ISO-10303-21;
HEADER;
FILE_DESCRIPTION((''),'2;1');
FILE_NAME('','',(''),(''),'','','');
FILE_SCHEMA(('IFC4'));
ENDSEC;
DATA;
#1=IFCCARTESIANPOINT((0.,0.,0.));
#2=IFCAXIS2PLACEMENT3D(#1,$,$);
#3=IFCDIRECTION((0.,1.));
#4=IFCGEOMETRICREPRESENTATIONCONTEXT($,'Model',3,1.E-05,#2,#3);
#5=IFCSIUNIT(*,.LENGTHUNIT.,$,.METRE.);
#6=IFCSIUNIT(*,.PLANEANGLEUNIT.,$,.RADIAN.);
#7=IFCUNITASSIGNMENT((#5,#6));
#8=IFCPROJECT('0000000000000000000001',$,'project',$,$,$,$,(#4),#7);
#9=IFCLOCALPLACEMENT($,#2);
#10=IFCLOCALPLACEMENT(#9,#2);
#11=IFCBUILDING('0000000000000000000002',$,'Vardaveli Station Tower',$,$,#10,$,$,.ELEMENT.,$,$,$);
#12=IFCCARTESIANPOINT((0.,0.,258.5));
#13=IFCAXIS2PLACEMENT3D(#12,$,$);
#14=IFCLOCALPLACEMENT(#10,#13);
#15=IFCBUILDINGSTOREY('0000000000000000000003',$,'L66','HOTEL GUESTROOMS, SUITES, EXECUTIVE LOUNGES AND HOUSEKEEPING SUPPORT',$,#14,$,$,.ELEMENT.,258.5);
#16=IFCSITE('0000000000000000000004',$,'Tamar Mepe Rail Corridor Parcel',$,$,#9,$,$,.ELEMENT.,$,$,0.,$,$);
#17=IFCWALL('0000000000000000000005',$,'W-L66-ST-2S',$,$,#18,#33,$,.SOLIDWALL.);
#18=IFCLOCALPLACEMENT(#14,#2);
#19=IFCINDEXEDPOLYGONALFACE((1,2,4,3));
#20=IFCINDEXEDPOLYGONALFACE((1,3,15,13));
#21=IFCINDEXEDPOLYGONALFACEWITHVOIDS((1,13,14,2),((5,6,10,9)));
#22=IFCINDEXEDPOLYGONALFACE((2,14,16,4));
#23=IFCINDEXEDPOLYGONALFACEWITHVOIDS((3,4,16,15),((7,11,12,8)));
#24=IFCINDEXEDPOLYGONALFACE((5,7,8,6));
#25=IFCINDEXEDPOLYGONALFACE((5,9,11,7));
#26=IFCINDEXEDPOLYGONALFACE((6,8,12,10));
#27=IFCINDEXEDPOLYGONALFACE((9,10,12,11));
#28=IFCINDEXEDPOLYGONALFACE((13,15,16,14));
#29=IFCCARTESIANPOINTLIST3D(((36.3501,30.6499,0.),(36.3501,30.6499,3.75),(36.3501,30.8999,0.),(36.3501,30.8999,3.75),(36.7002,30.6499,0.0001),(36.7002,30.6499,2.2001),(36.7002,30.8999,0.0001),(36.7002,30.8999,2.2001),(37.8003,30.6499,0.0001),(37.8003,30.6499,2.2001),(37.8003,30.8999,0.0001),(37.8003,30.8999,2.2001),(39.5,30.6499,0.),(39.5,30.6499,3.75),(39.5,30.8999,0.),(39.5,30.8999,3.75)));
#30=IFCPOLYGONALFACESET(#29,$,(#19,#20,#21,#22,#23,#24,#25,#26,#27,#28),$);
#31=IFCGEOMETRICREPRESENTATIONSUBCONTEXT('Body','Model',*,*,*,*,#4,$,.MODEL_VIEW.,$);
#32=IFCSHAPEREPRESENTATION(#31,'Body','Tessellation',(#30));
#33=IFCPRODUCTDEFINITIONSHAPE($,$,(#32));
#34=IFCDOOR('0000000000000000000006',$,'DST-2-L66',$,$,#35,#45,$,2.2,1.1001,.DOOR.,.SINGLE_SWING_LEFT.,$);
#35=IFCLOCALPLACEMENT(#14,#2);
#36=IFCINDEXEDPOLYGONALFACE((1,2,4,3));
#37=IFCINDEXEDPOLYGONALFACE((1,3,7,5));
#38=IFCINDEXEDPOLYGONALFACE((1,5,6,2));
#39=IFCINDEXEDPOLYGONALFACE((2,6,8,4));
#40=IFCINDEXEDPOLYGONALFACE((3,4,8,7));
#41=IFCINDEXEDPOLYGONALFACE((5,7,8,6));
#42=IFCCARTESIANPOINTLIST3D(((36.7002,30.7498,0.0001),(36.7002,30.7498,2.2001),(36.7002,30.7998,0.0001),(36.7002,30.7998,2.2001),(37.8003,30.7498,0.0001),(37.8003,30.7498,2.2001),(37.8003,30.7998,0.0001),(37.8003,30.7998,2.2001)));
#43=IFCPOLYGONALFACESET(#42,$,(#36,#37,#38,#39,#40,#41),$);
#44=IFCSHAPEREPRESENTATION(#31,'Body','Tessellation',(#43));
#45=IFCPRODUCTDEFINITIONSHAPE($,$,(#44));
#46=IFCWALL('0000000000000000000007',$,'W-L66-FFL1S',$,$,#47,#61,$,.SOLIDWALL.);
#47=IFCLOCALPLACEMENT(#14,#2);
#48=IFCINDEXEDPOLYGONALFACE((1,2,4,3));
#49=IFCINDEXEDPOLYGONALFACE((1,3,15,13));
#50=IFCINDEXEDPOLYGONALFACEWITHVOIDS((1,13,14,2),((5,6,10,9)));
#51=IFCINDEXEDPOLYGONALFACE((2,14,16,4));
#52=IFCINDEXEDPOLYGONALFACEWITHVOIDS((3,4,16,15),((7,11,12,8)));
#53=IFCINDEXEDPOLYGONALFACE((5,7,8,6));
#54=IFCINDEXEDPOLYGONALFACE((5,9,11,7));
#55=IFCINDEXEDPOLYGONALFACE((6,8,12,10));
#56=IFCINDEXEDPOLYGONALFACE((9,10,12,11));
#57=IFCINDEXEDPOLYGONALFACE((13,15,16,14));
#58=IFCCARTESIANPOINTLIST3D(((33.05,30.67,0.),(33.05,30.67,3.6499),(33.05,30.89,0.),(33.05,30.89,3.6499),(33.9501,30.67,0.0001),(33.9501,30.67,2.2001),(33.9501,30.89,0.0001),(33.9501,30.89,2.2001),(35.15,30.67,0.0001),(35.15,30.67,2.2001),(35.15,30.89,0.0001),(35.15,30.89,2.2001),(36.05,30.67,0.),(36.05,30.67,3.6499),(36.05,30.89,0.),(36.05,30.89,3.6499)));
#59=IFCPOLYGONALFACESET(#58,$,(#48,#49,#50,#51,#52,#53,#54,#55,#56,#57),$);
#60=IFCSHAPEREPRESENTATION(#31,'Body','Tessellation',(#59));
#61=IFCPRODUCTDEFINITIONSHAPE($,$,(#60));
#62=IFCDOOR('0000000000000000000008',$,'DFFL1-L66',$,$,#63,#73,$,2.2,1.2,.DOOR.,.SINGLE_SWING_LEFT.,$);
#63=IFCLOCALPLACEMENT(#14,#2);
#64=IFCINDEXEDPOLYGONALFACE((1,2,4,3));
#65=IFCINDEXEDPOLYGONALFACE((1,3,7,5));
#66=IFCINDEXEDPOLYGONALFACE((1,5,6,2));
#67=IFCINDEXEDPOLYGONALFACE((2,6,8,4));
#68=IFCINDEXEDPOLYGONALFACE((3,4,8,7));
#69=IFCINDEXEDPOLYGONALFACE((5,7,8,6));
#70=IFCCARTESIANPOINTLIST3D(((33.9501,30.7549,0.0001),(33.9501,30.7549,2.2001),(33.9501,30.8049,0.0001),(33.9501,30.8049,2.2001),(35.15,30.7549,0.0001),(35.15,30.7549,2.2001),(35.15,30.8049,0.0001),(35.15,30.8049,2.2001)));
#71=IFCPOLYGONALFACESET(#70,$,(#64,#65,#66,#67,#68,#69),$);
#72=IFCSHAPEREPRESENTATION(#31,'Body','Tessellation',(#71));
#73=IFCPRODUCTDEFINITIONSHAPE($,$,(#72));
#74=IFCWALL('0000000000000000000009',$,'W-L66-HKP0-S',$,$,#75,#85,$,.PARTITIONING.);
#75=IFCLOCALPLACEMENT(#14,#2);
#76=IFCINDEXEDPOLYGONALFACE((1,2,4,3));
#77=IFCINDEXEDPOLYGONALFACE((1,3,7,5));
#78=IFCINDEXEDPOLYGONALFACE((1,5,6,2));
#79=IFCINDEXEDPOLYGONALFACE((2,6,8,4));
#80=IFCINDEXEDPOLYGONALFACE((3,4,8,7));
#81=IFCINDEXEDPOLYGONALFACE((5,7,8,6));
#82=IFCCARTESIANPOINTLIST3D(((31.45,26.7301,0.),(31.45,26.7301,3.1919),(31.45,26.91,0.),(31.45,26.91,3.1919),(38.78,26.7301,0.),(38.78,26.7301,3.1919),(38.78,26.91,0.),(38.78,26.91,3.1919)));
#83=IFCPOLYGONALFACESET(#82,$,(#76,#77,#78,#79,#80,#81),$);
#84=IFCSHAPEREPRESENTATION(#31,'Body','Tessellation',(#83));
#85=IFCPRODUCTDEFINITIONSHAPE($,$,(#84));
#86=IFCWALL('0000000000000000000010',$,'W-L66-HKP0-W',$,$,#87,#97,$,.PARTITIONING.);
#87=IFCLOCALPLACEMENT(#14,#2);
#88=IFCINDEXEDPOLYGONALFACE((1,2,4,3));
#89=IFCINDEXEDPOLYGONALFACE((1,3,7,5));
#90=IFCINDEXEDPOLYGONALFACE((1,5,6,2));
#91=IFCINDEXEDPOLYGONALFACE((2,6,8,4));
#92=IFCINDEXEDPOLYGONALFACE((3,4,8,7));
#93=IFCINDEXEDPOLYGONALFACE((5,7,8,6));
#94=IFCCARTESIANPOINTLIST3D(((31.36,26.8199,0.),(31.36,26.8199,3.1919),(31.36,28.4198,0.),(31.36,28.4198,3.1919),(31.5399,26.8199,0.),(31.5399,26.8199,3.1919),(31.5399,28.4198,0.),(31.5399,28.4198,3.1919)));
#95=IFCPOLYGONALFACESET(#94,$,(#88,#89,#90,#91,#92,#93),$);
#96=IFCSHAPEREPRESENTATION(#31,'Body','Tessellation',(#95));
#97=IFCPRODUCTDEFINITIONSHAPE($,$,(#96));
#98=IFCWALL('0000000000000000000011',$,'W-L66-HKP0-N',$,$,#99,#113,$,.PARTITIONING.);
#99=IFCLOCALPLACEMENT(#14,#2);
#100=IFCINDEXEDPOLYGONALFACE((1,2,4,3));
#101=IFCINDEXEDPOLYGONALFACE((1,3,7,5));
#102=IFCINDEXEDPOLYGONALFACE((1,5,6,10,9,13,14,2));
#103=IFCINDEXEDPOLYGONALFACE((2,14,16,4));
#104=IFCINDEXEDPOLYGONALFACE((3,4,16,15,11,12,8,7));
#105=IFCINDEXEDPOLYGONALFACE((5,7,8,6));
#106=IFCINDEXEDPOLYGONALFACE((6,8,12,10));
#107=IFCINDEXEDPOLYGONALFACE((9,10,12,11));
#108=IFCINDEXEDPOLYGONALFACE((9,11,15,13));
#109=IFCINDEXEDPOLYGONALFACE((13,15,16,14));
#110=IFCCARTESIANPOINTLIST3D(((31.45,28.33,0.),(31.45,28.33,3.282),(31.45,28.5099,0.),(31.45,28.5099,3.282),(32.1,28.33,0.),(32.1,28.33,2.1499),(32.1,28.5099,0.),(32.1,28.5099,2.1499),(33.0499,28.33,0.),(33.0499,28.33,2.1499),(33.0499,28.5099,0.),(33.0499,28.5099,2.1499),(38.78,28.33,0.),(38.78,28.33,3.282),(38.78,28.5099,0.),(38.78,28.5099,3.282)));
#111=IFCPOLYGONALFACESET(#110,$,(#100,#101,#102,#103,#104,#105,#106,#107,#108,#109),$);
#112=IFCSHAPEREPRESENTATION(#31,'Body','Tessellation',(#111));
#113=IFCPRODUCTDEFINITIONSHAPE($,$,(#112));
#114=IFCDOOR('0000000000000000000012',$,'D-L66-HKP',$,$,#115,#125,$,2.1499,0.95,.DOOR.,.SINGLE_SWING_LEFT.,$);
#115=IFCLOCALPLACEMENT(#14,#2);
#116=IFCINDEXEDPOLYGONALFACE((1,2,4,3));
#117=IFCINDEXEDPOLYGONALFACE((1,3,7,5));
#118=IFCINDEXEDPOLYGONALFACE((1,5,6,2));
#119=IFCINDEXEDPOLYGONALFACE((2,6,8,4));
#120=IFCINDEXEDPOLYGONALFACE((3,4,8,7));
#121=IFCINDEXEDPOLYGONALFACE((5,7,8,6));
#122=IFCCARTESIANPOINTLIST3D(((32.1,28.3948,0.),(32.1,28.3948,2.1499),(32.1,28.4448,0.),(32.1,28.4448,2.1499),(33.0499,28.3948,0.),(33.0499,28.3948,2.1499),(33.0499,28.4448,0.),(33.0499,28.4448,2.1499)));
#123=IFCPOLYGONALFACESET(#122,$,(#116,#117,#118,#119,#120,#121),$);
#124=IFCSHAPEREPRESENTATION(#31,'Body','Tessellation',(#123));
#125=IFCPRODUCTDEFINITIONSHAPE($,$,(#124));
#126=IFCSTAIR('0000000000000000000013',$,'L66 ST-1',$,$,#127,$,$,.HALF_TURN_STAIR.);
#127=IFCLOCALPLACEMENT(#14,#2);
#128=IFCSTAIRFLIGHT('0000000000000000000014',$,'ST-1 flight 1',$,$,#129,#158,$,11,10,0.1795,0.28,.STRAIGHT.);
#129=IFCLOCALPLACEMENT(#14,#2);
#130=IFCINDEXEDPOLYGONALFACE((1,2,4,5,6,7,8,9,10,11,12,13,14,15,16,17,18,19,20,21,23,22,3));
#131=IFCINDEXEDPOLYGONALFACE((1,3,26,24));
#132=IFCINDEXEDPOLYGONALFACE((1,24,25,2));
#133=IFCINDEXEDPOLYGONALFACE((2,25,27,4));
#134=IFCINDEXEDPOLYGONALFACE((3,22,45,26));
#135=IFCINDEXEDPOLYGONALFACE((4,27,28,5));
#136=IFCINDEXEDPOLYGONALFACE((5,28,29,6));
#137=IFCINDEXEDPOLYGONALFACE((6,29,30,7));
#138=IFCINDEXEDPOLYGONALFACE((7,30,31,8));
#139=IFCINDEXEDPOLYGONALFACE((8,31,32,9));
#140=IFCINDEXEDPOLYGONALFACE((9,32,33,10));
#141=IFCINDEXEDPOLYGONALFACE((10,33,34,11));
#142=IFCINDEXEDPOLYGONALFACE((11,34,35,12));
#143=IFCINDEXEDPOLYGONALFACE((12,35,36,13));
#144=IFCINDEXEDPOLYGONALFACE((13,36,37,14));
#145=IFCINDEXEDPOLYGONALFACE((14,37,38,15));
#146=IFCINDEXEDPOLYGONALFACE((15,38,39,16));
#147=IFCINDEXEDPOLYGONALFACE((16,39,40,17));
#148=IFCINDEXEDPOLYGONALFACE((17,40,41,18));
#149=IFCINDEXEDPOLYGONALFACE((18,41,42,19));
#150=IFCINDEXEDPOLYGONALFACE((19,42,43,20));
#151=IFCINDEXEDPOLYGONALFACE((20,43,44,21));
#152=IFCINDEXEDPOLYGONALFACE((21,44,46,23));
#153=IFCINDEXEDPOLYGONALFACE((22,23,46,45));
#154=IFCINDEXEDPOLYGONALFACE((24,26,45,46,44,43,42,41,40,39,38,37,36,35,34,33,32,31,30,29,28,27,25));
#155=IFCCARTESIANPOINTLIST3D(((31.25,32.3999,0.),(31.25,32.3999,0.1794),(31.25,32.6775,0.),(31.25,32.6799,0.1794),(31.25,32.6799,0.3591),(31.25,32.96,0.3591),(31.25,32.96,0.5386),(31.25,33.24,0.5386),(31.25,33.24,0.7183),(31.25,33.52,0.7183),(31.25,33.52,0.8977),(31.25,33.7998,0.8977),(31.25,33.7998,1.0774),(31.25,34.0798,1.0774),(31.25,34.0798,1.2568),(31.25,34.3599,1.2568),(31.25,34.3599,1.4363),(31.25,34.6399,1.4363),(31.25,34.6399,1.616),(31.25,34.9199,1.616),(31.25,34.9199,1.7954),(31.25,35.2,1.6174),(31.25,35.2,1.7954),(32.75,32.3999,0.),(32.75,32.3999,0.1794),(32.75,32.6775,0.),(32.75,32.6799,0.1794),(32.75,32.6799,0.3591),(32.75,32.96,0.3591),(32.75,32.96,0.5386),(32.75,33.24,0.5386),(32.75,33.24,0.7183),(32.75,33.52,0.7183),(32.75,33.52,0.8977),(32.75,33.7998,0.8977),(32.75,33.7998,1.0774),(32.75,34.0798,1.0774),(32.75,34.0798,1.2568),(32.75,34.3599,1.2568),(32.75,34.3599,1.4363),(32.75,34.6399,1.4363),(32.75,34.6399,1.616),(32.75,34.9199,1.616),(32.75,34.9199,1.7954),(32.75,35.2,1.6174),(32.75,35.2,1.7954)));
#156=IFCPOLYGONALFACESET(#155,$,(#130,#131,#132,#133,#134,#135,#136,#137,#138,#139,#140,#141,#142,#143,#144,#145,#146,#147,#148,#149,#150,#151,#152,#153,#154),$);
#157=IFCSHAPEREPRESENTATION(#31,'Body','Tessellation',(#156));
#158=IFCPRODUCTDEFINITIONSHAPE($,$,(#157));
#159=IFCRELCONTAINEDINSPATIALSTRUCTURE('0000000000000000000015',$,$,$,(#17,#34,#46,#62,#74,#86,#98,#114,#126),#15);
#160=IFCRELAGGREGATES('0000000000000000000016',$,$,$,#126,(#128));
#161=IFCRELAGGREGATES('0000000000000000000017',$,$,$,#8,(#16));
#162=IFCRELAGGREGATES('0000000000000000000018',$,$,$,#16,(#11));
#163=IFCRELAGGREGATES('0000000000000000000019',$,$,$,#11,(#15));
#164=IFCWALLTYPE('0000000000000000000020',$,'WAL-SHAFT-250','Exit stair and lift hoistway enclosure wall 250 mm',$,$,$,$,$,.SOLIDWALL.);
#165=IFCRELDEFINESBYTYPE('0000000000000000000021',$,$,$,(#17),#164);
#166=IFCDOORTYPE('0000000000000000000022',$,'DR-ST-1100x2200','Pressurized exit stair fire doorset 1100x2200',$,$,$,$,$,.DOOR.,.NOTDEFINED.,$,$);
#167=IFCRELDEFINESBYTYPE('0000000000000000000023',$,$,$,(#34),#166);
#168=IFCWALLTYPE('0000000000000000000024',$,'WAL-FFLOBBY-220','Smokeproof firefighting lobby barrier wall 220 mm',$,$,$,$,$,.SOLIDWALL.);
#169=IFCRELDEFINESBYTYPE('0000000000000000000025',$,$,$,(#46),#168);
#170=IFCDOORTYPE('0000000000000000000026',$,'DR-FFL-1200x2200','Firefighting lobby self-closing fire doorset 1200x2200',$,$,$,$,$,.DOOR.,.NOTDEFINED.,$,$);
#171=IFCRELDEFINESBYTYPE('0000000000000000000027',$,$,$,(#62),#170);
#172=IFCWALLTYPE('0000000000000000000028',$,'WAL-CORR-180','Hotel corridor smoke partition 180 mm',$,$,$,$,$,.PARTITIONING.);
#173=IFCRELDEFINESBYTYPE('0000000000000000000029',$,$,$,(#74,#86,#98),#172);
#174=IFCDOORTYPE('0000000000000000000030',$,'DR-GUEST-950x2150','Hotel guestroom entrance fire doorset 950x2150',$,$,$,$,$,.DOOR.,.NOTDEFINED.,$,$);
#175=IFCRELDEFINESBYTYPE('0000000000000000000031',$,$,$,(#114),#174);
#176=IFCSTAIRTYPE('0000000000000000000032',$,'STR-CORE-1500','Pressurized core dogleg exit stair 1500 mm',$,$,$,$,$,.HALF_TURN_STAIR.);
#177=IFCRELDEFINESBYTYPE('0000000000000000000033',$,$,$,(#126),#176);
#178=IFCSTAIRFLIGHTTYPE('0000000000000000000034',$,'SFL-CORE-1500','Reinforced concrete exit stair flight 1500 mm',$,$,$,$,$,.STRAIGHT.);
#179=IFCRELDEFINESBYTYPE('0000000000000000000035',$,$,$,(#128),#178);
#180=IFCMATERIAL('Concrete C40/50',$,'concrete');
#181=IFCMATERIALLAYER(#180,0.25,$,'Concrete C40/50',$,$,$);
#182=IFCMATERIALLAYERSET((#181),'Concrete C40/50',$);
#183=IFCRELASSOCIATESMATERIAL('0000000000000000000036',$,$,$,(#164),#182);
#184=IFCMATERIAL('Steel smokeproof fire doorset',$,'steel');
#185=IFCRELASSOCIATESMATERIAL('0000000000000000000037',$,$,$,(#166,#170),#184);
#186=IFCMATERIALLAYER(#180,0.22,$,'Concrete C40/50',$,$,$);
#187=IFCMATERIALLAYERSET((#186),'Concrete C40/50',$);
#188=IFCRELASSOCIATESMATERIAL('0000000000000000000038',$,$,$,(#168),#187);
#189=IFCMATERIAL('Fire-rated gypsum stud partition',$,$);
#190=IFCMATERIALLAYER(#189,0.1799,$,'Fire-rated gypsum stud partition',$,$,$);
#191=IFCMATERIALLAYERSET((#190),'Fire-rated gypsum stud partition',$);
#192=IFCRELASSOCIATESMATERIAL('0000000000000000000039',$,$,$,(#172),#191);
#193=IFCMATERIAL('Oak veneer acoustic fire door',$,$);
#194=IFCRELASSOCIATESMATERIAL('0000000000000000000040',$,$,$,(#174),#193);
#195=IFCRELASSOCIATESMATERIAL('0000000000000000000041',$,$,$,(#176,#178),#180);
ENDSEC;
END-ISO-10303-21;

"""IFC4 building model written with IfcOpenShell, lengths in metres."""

from ifc_helpers import new_model, si_unit, direction, frame, frame_2d, origin, place, context, subcontext, project, spatial, polyline, rectangle, outline, extrude, source, transform, mapped, material, layer, layer_set, type_object, element, fill, aggregate, save


model = new_model("IFC4")

# Units and contexts
model_context = context("Model", 3, precision=1e-05, world=origin(), true_north=direction((0.0, 1.0)))
body_context = subcontext(model_context, "Body", "Model", "MODEL_VIEW")
ifc_project = project(units=[si_unit("LENGTHUNIT", "METRE"), si_unit("PLANEANGLEUNIT", "RADIAN")], contexts=[model_context])

# Site, building, storey
site_placement = place(None, origin())
site = spatial("IfcSite", under=ifc_project, at=site_placement, Name="Tamar Mepe Rail Corridor Parcel", CompositionType="ELEMENT", RefElevation=0.0)
building_placement = place(site_placement, origin())
building = spatial("IfcBuilding", under=site, at=building_placement, Name="Vardaveli Station Tower", CompositionType="ELEMENT")
storey_placement = place(building_placement, frame((0.0, 0.0, 258.5)))
storey = spatial("IfcBuildingStorey", under=building, at=storey_placement, Name="L66", Description="HOTEL GUESTROOMS, SUITES, EXECUTIVE LOUNGES AND HOUSEKEEPING SUPPORT", CompositionType="ELEMENT", Elevation=258.5)

# Shared definitions
ifc_material_1 = material(Name="Concrete C40/50", Category="concrete")
ifc_layer_1 = layer(ifc_material_1, 0.25, Name="Concrete C40/50")
ifc_layer_set_1 = layer_set([ifc_layer_1], Name="Concrete C40/50")
wall_type_1 = type_object("IfcWallType", Name="WAL-SHAFT-250", Description="Exit stair and lift hoistway enclosure wall 250 mm", PredefinedType="SOLIDWALL", material=ifc_layer_set_1)

# Walls, openings, doors
shared_shape_1 = source(origin(), body_context, "Body", "SweptSolid", [
    extrude(rectangle(XDim=3.1499, YDim=0.25, at=frame_2d((1.575, 0.0))), origin(), (0.0, 0.0, 1.0), 3.75),
])
shared_shape_2 = source(origin(), body_context, "Body", "SweptSolid", [
    extrude(rectangle(XDim=1.1001, YDim=2.2, at=frame_2d((0.55, 1.1001))), frame((0.0, 0.135, 0.0), z_axis=(0.0, -1.0, 0.0), x_axis=(1.0, 0.0, 0.0)), (0.0, 0.0, 1.0), 0.27),
])
ifc_material_2 = material(Name="Steel smokeproof fire doorset", Category="steel")
door_type_1 = type_object("IfcDoorType", Name="DR-ST-1100x2200", Description="Pressurized exit stair fire doorset 1100x2200", OperationType="NOTDEFINED", PredefinedType="DOOR", material=ifc_material_2)
shared_shape_3 = source(origin(), body_context, "Body", "SweptSolid", [
    extrude(rectangle(XDim=1.1001, YDim=2.2, at=frame_2d((0.55, 1.1001))), frame((0.0, 0.0249, 0.0), z_axis=(0.0, -1.0, 0.0), x_axis=(1.0, 0.0, 0.0)), (0.0, 0.0, 1.0), 0.05),
])
wall_1_placement = place(storey_placement, frame((36.3501, 30.7749, 0.0), z_axis=(0.0, 0.0, 1.0), x_axis=(1.0, 0.0, 0.0)))
wall_1 = element("IfcWall", 1, at=wall_1_placement, inside=storey, type_object=wall_type_1, Name="W-L66-ST-2S", PredefinedType="SOLIDWALL", context=body_context, shape_type="MappedRepresentation", body=[
    mapped(shared_shape_1, transform((0.0, 0.0, 0.0), scale=1.0)),
])
opening_1_placement = place(wall_1_placement, frame((0.3501, 0.0, 0.0)))
opening_1 = element("IfcOpeningElement", 2, at=opening_1_placement, cuts=wall_1, PredefinedType="OPENING", context=body_context, shape_type="MappedRepresentation", body=[
    mapped(shared_shape_2, transform((0.0, 0.0, 0.0), scale=1.0)),
])
door_1_placement = place(opening_1_placement, origin())
door_1 = element("IfcDoor", 3, at=door_1_placement, inside=storey, type_object=door_type_1, Name="DST-2-L66", OperationType="SINGLE_SWING_LEFT", OverallHeight=2.2, OverallWidth=1.1001, PredefinedType="DOOR", context=body_context, shape_type="MappedRepresentation", body=[
    mapped(shared_shape_3, transform((0.0, 0.0, 0.0), scale=1.0)),
])
fill(opening_1, door_1)
ifc_layer_2 = layer(ifc_material_1, 0.22, Name="Concrete C40/50")
ifc_layer_set_2 = layer_set([ifc_layer_2], Name="Concrete C40/50")
wall_type_2 = type_object("IfcWallType", Name="WAL-FFLOBBY-220", Description="Smokeproof firefighting lobby barrier wall 220 mm", PredefinedType="SOLIDWALL", material=ifc_layer_set_2)
shared_shape_4 = source(origin(), body_context, "Body", "SweptSolid", [
    extrude(rectangle(XDim=3.0, YDim=0.22, at=frame_2d((1.5, 0.0))), origin(), (0.0, 0.0, 1.0), 3.6499),
])
wall_2_placement = place(storey_placement, frame((33.05, 30.78, 0.0), z_axis=(0.0, 0.0, 1.0), x_axis=(1.0, 0.0, 0.0)))
wall_2 = element("IfcWall", 4, at=wall_2_placement, inside=storey, type_object=wall_type_2, Name="W-L66-FFL1S", PredefinedType="SOLIDWALL", context=body_context, shape_type="MappedRepresentation", body=[
    mapped(shared_shape_4, transform((0.0, 0.0, 0.0), scale=1.0)),
])
shared_shape_5 = source(origin(), body_context, "Body", "SweptSolid", [
    extrude(rectangle(XDim=1.2, YDim=2.2, at=frame_2d((0.6001, 1.1001))), frame((0.0, 0.1201, 0.0), z_axis=(0.0, -1.0, 0.0), x_axis=(1.0, 0.0, 0.0)), (0.0, 0.0, 1.0), 0.24),
])
opening_2_placement = place(wall_2_placement, frame((0.8999, 0.0, 0.0)))
opening_2 = element("IfcOpeningElement", 5, at=opening_2_placement, cuts=wall_2, PredefinedType="OPENING", context=body_context, shape_type="MappedRepresentation", body=[
    mapped(shared_shape_5, transform((0.0, 0.0, 0.0), scale=1.0)),
])
door_type_2 = type_object("IfcDoorType", Name="DR-FFL-1200x2200", Description="Firefighting lobby self-closing fire doorset 1200x2200", OperationType="NOTDEFINED", PredefinedType="DOOR", material=ifc_material_2)
shared_shape_6 = source(origin(), body_context, "Body", "SweptSolid", [
    extrude(rectangle(XDim=1.2, YDim=2.2, at=frame_2d((0.6001, 1.1001))), frame((0.0, 0.0249, 0.0), z_axis=(0.0, -1.0, 0.0), x_axis=(1.0, 0.0, 0.0)), (0.0, 0.0, 1.0), 0.05),
])
door_2_placement = place(opening_2_placement, origin())
door_2 = element("IfcDoor", 6, at=door_2_placement, inside=storey, type_object=door_type_2, Name="DFFL1-L66", OperationType="SINGLE_SWING_LEFT", OverallHeight=2.2, OverallWidth=1.2, PredefinedType="DOOR", context=body_context, shape_type="MappedRepresentation", body=[
    mapped(shared_shape_6, transform((0.0, 0.0, 0.0), scale=1.0)),
])
fill(opening_2, door_2)

# Walls
ifc_material_3 = material(Name="Fire-rated gypsum stud partition")
ifc_layer_3 = layer(ifc_material_3, 0.1799, Name="Fire-rated gypsum stud partition")
ifc_layer_set_3 = layer_set([ifc_layer_3], Name="Fire-rated gypsum stud partition")
wall_type_3 = type_object("IfcWallType", Name="WAL-CORR-180", Description="Hotel corridor smoke partition 180 mm", PredefinedType="PARTITIONING", material=ifc_layer_set_3)
shared_shape_7 = source(origin(), body_context, "Body", "SweptSolid", [
    extrude(rectangle(XDim=7.3301, YDim=0.1799, at=frame_2d((3.665, 0.0))), origin(), (0.0, 0.0, 1.0), 3.1919),
])
wall_3_placement = place(storey_placement, frame((31.45, 26.8201, 0.0), z_axis=(0.0, 0.0, 1.0), x_axis=(1.0, 0.0, 0.0)))
element("IfcWall", 7, at=wall_3_placement, inside=storey, type_object=wall_type_3, Name="W-L66-HKP0-S", PredefinedType="PARTITIONING", context=body_context, shape_type="MappedRepresentation", body=[
    mapped(shared_shape_7, transform((0.0, 0.0, 0.0), scale=1.0)),
])
shared_shape_8 = source(origin(), body_context, "Body", "SweptSolid", [
    extrude(rectangle(XDim=1.5999, YDim=0.1799, at=frame_2d((0.7998, 0.0))), origin(), (0.0, 0.0, 1.0), 3.1919),
])
wall_4_placement = place(storey_placement, frame((31.45, 26.8201, 0.0), z_axis=(0.0, 0.0, 1.0), x_axis=(0.0, 1.0, 0.0)))
element("IfcWall", 8, at=wall_4_placement, inside=storey, type_object=wall_type_3, Name="W-L66-HKP0-W", PredefinedType="PARTITIONING", context=body_context, shape_type="MappedRepresentation", body=[
    mapped(shared_shape_8, transform((0.0, 0.0, 0.0), scale=1.0)),
])

# Wall, opening, door
shared_shape_9 = source(origin(), body_context, "Body", "SweptSolid", [
    extrude(rectangle(XDim=7.3301, YDim=0.1799, at=frame_2d((3.665, 0.0))), origin(), (0.0, 0.0, 1.0), 3.282),
])
wall_5_placement = place(storey_placement, frame((31.45, 28.4199, 0.0), z_axis=(0.0, 0.0, 1.0), x_axis=(1.0, 0.0, 0.0)))
wall_5 = element("IfcWall", 9, at=wall_5_placement, inside=storey, type_object=wall_type_3, Name="W-L66-HKP0-N", PredefinedType="PARTITIONING", context=body_context, shape_type="MappedRepresentation", body=[
    mapped(shared_shape_9, transform((0.0, 0.0, 0.0), scale=1.0)),
])
shared_shape_10 = source(origin(), body_context, "Body", "SweptSolid", [
    extrude(rectangle(XDim=0.95, YDim=2.1499, at=frame_2d((0.4751, 1.075))), frame((0.0, 0.1001, 0.0), z_axis=(0.0, -1.0, 0.0), x_axis=(1.0, 0.0, 0.0)), (0.0, 0.0, 1.0), 0.2),
])
opening_3_placement = place(wall_5_placement, frame((0.6499, 0.0, 0.0)))
opening_3 = element("IfcOpeningElement", 10, at=opening_3_placement, cuts=wall_5, PredefinedType="OPENING", context=body_context, shape_type="MappedRepresentation", body=[
    mapped(shared_shape_10, transform((0.0, 0.0, 0.0), scale=1.0)),
])
ifc_material_4 = material(Name="Oak veneer acoustic fire door")
door_type_3 = type_object("IfcDoorType", Name="DR-GUEST-950x2150", Description="Hotel guestroom entrance fire doorset 950x2150", OperationType="NOTDEFINED", PredefinedType="DOOR", material=ifc_material_4)
shared_shape_11 = source(origin(), body_context, "Body", "SweptSolid", [
    extrude(rectangle(XDim=0.95, YDim=2.1499, at=frame_2d((0.4751, 1.075))), frame((0.0, 0.0249, 0.0), z_axis=(0.0, -1.0, 0.0), x_axis=(1.0, 0.0, 0.0)), (0.0, 0.0, 1.0), 0.05),
])
door_3_placement = place(opening_3_placement, origin())
door_3 = element("IfcDoor", 11, at=door_3_placement, inside=storey, type_object=door_type_3, Name="D-L66-HKP", OperationType="SINGLE_SWING_LEFT", OverallHeight=2.1499, OverallWidth=0.95, PredefinedType="DOOR", context=body_context, shape_type="MappedRepresentation", body=[
    mapped(shared_shape_11, transform((0.0, 0.0, 0.0), scale=1.0)),
])
fill(opening_3, door_3)

# Stair, stair flight
stair_type = type_object("IfcStairType", Name="STR-CORE-1500", Description="Pressurized core dogleg exit stair 1500 mm", PredefinedType="HALF_TURN_STAIR", material=ifc_material_1)
stair_placement = place(storey_placement, origin())
stair = element("IfcStair", 12, at=stair_placement, inside=storey, type_object=stair_type, Name="L66 ST-1", PredefinedType="HALF_TURN_STAIR")
stair_flight_type = type_object("IfcStairFlightType", Name="SFL-CORE-1500", Description="Reinforced concrete exit stair flight 1500 mm", PredefinedType="STRAIGHT", material=ifc_material_1)
shared_shape_12 = source(origin(), body_context, "Body", "SweptSolid", [
    extrude(outline(polyline([(0.0, 0.0), (0.0, 0.1794), (0.28, 0.1794), (0.28, 0.3591), (0.5601, 0.3591), (0.5601, 0.5386), (0.8401, 0.5386), (0.8401, 0.7183), (1.1201, 0.7183), (1.1201, 0.8977), (1.3999, 0.8977), (1.3999, 1.0774), (1.6799, 1.0774), (1.6799, 1.2568), (1.96, 1.2568), (1.96, 1.4363), (2.24, 1.4363), (2.24, 1.616), (2.52, 1.616), (2.52, 1.7954), (2.8, 1.7954), (2.8, 1.9751), (2.8, 1.6174), (0.2776, 0.0), (0.0, 0.0)])), frame((0.0, 0.75, 0.0), z_axis=(0.0, -1.0, 0.0), x_axis=(1.0, 0.0, 0.0)), (0.0, 0.0, 1.0), 1.5),
])
stair_flight_placement = place(storey_placement, frame((32.0, 32.3999, 0.0), z_axis=(0.0, 0.0, 1.0), x_axis=(0.0, 1.0, 0.0)))
stair_flight = element("IfcStairFlight", 13, at=stair_flight_placement, type_object=stair_flight_type, Name="ST-1 flight 1", NumberOfRisers=11, NumberOfTreads=10, PredefinedType="STRAIGHT", RiserHeight=0.1795, TreadLength=0.28, context=body_context, shape_type="MappedRepresentation", body=[
    mapped(shared_shape_12, transform((0.0, 0.0, 0.0), scale=1.0)),
])
aggregate(stair, [stair_flight])

save(model, "model.ifc")
